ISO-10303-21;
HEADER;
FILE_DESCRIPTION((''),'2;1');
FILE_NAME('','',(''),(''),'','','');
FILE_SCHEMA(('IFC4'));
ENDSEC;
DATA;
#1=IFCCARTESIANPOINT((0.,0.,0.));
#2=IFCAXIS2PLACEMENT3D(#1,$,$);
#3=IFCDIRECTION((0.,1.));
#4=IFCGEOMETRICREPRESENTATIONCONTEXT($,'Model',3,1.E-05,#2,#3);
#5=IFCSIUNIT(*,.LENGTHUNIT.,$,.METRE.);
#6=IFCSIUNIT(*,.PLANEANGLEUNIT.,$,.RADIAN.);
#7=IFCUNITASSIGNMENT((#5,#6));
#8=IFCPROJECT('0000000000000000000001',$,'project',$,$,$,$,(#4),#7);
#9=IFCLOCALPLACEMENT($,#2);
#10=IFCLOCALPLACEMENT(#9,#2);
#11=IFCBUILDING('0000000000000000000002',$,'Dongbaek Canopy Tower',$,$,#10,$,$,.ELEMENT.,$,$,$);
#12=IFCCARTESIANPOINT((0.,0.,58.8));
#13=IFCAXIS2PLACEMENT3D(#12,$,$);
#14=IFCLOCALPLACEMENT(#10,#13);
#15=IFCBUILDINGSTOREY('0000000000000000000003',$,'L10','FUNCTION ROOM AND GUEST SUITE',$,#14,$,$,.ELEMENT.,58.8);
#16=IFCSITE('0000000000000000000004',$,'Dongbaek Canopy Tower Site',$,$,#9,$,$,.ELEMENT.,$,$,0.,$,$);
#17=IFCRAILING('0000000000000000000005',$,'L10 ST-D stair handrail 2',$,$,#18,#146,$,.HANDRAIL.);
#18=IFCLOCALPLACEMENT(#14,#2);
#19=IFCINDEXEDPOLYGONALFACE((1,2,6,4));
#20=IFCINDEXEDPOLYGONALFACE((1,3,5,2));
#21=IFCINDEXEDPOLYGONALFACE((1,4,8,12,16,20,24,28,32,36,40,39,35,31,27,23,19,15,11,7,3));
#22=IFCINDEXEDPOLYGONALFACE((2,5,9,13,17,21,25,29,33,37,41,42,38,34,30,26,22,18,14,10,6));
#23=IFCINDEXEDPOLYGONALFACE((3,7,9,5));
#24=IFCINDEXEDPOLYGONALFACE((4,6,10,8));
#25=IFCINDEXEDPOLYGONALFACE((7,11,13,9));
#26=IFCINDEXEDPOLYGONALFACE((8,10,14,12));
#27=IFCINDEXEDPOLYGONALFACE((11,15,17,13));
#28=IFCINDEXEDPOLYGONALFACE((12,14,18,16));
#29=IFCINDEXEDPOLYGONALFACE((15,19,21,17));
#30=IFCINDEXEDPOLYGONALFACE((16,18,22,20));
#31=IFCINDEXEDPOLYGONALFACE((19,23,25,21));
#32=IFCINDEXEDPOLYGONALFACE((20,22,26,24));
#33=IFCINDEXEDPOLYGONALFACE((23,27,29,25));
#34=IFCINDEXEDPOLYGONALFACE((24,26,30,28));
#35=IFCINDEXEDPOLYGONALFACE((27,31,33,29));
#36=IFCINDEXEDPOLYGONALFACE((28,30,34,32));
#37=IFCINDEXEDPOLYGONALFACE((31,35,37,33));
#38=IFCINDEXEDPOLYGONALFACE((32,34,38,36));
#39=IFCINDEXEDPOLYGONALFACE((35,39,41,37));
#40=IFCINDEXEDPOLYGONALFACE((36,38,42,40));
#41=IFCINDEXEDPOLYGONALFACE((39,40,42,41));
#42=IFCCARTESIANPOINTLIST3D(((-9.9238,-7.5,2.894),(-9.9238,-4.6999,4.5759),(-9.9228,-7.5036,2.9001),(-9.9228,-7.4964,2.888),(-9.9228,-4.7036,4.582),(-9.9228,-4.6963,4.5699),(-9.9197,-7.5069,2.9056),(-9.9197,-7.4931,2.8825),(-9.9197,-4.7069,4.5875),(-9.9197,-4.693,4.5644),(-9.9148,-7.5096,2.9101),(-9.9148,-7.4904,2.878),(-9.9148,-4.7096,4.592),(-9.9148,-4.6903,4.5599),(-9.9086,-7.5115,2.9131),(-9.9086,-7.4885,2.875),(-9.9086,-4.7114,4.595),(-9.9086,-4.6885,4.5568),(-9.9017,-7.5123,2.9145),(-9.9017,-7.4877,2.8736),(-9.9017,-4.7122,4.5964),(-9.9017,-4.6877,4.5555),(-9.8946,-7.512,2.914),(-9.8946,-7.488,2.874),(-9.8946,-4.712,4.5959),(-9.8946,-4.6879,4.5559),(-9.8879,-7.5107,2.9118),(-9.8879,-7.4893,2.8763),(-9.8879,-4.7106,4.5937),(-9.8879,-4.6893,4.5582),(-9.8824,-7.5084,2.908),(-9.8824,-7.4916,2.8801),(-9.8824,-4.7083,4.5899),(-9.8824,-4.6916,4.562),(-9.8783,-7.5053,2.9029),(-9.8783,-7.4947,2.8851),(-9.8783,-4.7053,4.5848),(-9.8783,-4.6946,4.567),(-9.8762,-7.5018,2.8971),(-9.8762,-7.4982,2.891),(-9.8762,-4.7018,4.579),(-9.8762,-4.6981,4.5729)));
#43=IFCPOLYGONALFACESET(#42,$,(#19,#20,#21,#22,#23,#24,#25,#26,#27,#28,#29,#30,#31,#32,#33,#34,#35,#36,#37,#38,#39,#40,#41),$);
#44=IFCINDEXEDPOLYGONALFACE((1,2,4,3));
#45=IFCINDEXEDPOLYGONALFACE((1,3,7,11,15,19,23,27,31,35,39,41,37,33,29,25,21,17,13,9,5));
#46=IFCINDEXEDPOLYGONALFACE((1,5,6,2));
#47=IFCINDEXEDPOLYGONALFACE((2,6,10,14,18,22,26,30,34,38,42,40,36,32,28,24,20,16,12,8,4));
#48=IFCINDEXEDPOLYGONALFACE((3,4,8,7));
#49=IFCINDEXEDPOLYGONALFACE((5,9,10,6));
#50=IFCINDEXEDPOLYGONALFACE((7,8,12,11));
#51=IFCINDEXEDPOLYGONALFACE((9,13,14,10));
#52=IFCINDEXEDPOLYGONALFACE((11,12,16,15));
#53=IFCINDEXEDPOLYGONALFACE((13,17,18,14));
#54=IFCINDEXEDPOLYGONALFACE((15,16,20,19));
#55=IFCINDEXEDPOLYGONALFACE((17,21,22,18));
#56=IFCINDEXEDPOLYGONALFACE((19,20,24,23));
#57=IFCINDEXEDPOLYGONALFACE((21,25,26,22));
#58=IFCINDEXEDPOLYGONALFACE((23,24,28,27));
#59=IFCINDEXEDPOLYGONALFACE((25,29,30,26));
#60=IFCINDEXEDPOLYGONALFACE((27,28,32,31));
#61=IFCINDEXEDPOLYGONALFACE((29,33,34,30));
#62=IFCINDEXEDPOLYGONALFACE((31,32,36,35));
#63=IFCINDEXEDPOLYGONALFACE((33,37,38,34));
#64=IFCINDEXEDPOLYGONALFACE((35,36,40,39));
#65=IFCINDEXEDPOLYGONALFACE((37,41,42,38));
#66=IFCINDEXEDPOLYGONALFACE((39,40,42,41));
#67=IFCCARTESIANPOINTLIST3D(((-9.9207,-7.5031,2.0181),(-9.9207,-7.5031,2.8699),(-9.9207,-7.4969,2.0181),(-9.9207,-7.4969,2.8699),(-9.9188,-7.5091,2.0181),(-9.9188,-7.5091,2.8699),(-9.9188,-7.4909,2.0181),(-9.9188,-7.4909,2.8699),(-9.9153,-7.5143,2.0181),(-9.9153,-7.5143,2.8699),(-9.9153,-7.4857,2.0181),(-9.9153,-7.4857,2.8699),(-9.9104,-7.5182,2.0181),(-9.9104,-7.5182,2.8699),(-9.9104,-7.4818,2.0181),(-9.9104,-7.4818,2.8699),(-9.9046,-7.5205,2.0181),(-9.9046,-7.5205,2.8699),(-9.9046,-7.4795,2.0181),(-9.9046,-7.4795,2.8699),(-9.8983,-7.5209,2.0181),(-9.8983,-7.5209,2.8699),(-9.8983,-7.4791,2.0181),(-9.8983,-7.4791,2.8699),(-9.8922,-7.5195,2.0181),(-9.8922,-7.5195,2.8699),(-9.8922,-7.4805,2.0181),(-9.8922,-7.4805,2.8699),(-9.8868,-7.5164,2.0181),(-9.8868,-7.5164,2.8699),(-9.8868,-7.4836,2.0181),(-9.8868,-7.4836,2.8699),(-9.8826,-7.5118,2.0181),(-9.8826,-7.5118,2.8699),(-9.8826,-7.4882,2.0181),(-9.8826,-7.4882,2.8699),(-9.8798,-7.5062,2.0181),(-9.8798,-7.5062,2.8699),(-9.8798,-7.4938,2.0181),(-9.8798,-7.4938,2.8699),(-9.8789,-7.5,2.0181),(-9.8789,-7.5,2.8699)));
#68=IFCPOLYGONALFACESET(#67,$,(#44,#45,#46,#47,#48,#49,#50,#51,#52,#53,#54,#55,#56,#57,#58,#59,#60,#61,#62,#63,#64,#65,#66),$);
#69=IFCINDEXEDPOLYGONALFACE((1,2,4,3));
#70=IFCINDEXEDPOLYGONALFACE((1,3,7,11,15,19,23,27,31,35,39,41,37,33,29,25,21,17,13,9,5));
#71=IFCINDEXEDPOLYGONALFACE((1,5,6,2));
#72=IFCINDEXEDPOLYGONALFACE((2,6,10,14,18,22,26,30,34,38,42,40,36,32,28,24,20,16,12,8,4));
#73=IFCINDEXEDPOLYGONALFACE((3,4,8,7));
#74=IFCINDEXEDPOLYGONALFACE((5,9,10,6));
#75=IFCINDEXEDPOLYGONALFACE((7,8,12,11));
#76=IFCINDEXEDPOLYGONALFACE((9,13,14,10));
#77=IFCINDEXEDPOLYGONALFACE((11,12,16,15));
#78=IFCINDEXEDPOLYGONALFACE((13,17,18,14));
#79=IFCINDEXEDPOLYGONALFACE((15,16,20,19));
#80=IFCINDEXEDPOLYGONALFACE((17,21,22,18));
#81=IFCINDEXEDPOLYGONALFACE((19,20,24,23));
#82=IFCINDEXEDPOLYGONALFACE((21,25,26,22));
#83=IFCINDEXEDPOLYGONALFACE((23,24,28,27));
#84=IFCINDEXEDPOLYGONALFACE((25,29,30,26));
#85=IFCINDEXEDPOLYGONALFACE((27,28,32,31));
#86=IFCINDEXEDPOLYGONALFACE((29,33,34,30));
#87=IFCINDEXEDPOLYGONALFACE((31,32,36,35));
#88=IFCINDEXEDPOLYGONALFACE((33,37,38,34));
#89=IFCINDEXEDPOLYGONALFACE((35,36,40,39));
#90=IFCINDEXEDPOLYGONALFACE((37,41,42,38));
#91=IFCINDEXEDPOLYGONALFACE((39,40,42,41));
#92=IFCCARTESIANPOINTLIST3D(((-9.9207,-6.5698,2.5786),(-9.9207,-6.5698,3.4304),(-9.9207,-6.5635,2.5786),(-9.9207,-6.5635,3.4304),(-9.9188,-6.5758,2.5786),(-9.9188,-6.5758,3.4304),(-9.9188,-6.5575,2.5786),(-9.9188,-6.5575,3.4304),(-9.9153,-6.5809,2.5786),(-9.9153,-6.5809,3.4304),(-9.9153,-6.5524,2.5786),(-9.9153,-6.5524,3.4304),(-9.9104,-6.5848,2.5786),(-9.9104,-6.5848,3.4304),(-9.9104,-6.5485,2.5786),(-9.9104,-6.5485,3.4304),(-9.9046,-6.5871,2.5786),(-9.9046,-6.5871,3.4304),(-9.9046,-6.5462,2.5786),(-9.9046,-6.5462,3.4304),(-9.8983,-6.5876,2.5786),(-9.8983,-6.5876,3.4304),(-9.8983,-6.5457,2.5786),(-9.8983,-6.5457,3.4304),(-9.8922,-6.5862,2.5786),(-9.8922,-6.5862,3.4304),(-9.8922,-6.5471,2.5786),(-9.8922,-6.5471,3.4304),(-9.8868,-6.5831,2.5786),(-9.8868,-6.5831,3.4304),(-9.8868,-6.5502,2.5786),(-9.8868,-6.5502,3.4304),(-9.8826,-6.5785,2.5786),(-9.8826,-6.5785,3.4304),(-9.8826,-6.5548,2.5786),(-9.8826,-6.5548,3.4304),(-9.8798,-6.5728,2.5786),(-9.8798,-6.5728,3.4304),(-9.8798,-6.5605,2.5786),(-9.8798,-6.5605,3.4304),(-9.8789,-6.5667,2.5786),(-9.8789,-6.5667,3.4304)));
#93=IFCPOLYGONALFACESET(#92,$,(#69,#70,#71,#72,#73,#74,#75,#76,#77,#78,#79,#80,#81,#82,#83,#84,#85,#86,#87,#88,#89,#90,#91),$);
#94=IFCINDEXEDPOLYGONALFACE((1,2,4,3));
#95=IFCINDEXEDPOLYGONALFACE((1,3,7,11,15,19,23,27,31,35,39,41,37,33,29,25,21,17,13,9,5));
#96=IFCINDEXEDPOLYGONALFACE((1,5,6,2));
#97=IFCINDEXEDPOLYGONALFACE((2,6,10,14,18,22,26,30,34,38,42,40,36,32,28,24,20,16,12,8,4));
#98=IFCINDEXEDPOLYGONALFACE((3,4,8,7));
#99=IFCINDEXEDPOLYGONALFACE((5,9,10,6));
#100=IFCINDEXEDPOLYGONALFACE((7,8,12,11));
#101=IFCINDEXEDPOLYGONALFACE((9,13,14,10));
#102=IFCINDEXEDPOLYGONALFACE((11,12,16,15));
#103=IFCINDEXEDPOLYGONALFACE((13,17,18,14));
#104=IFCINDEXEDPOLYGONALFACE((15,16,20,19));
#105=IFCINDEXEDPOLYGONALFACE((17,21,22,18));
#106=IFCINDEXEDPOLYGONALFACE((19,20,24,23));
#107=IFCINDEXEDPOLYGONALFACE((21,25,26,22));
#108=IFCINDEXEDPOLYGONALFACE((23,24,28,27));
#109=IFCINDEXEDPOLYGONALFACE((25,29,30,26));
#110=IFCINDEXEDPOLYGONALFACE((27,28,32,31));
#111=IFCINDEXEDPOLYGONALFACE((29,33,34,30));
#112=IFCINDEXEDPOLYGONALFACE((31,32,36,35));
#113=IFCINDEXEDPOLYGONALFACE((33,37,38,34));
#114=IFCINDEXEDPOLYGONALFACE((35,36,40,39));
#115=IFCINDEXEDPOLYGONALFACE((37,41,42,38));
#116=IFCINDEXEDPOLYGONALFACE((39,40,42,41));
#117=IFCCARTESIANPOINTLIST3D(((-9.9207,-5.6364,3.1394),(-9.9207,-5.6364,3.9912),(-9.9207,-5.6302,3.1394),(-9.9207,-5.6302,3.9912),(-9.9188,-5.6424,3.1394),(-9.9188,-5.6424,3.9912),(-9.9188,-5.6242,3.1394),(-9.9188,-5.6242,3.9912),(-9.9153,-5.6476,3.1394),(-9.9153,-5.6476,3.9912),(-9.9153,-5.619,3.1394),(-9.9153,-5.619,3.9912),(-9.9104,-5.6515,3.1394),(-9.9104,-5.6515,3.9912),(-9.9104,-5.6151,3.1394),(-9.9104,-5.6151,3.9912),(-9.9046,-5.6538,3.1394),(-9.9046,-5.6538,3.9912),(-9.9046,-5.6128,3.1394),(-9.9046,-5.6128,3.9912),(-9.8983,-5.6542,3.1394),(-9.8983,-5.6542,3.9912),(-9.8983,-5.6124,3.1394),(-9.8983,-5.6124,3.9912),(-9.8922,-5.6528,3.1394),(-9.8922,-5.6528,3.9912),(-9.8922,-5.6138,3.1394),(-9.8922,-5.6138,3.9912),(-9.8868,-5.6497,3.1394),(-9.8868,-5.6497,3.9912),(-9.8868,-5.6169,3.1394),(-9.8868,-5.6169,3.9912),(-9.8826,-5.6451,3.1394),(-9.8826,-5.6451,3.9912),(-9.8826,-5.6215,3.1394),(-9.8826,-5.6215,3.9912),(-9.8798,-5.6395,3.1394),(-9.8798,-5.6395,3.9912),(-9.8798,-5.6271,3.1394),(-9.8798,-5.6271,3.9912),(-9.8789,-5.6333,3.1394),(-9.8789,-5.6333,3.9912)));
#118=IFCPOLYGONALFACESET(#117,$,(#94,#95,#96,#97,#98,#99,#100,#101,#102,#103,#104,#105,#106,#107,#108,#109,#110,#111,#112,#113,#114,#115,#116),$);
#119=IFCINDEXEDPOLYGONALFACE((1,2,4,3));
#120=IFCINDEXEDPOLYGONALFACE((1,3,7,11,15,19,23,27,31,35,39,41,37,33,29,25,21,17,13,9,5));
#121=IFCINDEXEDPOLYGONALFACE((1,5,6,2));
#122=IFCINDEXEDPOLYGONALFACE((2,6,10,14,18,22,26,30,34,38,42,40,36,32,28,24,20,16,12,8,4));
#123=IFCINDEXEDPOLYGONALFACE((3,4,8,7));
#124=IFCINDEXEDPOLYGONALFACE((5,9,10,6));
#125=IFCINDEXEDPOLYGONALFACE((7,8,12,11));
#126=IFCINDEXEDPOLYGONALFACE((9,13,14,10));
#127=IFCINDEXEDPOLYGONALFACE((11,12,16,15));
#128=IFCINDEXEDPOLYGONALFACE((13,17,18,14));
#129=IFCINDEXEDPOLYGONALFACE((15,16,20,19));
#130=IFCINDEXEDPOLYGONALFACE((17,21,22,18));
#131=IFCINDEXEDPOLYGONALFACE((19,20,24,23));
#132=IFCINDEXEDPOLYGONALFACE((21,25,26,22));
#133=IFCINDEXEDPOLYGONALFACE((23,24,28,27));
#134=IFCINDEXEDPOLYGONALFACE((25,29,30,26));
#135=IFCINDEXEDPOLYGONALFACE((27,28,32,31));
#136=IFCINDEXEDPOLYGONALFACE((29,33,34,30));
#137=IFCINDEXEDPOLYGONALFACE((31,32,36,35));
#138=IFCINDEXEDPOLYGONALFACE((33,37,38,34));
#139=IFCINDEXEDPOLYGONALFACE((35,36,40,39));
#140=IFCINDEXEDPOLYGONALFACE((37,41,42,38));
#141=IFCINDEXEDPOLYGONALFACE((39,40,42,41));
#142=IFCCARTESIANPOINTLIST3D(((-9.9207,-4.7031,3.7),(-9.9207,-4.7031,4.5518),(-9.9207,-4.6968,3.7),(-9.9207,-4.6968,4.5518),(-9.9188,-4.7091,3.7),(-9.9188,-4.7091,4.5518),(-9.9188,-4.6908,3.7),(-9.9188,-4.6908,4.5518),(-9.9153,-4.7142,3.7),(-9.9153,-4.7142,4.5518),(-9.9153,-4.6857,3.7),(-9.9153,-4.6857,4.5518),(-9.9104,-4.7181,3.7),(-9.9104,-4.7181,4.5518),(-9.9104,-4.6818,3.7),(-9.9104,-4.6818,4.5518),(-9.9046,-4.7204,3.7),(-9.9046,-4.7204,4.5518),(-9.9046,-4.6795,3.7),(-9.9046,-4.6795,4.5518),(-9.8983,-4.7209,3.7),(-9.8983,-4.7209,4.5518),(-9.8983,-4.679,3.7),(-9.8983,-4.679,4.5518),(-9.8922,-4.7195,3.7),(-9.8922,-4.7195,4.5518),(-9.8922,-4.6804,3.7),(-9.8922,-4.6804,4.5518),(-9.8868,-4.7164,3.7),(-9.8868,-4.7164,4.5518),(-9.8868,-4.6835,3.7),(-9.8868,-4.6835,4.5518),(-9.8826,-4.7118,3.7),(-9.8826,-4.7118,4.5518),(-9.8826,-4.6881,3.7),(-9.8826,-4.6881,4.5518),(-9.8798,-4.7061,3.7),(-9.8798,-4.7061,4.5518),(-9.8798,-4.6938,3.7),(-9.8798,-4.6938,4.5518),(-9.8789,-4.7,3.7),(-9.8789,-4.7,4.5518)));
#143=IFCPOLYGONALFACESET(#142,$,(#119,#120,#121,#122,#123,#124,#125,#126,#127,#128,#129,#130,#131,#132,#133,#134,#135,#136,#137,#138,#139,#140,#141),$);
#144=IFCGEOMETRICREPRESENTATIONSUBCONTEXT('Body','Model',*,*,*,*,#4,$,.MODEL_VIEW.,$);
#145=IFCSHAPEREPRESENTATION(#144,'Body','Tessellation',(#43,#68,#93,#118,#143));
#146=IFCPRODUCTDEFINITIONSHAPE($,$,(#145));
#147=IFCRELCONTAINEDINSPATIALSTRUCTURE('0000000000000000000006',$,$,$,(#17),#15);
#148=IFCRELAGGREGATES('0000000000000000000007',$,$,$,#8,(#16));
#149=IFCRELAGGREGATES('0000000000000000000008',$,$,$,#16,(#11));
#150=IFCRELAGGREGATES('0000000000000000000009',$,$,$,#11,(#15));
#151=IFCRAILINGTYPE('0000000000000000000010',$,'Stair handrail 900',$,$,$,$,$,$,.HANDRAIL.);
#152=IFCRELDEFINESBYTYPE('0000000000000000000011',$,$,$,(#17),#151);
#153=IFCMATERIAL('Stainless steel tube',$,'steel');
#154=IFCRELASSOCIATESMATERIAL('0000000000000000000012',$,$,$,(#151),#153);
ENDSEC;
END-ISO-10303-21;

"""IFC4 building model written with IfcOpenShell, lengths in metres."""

from ifc_helpers import new_model, si_unit, direction, frame, origin, origin_2d, place, context, subcontext, project, spatial, circle, extrude, material, type_object, element, save


model = new_model("IFC4")

# Units and contexts
model_context = context("Model", 3, precision=1e-05, world=origin(), true_north=direction((0.0, 1.0)))
body_context = subcontext(model_context, "Body", "Model", "MODEL_VIEW")
ifc_project = project(units=[si_unit("LENGTHUNIT", "METRE"), si_unit("PLANEANGLEUNIT", "RADIAN")], contexts=[model_context])

# Site, building, storey
site_placement = place(None, origin())
site = spatial("IfcSite", under=ifc_project, at=site_placement, Name="Dongbaek Canopy Tower Site", CompositionType="ELEMENT", RefElevation=0.0)
building_placement = place(site_placement, origin())
building = spatial("IfcBuilding", under=site, at=building_placement, Name="Dongbaek Canopy Tower", CompositionType="ELEMENT")
storey_placement = place(building_placement, frame((0.0, 0.0, 58.8)))
storey = spatial("IfcBuildingStorey", under=building, at=storey_placement, Name="L10", Description="FUNCTION ROOM AND GUEST SUITE", CompositionType="ELEMENT", Elevation=58.8)

# Railing
ifc_material_1 = material(Name="Stainless steel tube", Category="steel")
railing_type_1 = type_object("IfcRailingType", Name="Stair handrail 900", PredefinedType="HANDRAIL", material=ifc_material_1)
railing_1_placement = place(storey_placement, frame((-9.8999, -7.5, 2.0181)))
element("IfcRailing", 1, at=railing_1_placement, inside=storey, type_object=railing_type_1, Name="L10 ST-D stair handrail 2", PredefinedType="HANDRAIL", context=body_context, shape_type="SweptSolid", body=[
    extrude(circle(Radius=0.0239, at=origin_2d()), frame((0.0, 0.0, 0.876), z_axis=(0.0, 0.857242, 0.514913), x_axis=(-1.0, 0.0, 0.0)), (0.0, 0.0, 1.0), 3.2664),
    extrude(circle(Radius=0.021, at=origin_2d()), origin(), (0.0, 0.0, 1.0), 0.8518),
    extrude(circle(Radius=0.021, at=origin_2d()), frame((0.0, 0.9333, 0.5605)), (0.0, 0.0, 1.0), 0.8518),
    extrude(circle(Radius=0.021, at=origin_2d()), frame((0.0, 1.8667, 1.1213)), (0.0, 0.0, 1.0), 0.8518),
    extrude(circle(Radius=0.021, at=origin_2d()), frame((0.0, 2.8, 1.6819)), (0.0, 0.0, 1.0), 0.8518),
])

save(model, "model.ifc")
